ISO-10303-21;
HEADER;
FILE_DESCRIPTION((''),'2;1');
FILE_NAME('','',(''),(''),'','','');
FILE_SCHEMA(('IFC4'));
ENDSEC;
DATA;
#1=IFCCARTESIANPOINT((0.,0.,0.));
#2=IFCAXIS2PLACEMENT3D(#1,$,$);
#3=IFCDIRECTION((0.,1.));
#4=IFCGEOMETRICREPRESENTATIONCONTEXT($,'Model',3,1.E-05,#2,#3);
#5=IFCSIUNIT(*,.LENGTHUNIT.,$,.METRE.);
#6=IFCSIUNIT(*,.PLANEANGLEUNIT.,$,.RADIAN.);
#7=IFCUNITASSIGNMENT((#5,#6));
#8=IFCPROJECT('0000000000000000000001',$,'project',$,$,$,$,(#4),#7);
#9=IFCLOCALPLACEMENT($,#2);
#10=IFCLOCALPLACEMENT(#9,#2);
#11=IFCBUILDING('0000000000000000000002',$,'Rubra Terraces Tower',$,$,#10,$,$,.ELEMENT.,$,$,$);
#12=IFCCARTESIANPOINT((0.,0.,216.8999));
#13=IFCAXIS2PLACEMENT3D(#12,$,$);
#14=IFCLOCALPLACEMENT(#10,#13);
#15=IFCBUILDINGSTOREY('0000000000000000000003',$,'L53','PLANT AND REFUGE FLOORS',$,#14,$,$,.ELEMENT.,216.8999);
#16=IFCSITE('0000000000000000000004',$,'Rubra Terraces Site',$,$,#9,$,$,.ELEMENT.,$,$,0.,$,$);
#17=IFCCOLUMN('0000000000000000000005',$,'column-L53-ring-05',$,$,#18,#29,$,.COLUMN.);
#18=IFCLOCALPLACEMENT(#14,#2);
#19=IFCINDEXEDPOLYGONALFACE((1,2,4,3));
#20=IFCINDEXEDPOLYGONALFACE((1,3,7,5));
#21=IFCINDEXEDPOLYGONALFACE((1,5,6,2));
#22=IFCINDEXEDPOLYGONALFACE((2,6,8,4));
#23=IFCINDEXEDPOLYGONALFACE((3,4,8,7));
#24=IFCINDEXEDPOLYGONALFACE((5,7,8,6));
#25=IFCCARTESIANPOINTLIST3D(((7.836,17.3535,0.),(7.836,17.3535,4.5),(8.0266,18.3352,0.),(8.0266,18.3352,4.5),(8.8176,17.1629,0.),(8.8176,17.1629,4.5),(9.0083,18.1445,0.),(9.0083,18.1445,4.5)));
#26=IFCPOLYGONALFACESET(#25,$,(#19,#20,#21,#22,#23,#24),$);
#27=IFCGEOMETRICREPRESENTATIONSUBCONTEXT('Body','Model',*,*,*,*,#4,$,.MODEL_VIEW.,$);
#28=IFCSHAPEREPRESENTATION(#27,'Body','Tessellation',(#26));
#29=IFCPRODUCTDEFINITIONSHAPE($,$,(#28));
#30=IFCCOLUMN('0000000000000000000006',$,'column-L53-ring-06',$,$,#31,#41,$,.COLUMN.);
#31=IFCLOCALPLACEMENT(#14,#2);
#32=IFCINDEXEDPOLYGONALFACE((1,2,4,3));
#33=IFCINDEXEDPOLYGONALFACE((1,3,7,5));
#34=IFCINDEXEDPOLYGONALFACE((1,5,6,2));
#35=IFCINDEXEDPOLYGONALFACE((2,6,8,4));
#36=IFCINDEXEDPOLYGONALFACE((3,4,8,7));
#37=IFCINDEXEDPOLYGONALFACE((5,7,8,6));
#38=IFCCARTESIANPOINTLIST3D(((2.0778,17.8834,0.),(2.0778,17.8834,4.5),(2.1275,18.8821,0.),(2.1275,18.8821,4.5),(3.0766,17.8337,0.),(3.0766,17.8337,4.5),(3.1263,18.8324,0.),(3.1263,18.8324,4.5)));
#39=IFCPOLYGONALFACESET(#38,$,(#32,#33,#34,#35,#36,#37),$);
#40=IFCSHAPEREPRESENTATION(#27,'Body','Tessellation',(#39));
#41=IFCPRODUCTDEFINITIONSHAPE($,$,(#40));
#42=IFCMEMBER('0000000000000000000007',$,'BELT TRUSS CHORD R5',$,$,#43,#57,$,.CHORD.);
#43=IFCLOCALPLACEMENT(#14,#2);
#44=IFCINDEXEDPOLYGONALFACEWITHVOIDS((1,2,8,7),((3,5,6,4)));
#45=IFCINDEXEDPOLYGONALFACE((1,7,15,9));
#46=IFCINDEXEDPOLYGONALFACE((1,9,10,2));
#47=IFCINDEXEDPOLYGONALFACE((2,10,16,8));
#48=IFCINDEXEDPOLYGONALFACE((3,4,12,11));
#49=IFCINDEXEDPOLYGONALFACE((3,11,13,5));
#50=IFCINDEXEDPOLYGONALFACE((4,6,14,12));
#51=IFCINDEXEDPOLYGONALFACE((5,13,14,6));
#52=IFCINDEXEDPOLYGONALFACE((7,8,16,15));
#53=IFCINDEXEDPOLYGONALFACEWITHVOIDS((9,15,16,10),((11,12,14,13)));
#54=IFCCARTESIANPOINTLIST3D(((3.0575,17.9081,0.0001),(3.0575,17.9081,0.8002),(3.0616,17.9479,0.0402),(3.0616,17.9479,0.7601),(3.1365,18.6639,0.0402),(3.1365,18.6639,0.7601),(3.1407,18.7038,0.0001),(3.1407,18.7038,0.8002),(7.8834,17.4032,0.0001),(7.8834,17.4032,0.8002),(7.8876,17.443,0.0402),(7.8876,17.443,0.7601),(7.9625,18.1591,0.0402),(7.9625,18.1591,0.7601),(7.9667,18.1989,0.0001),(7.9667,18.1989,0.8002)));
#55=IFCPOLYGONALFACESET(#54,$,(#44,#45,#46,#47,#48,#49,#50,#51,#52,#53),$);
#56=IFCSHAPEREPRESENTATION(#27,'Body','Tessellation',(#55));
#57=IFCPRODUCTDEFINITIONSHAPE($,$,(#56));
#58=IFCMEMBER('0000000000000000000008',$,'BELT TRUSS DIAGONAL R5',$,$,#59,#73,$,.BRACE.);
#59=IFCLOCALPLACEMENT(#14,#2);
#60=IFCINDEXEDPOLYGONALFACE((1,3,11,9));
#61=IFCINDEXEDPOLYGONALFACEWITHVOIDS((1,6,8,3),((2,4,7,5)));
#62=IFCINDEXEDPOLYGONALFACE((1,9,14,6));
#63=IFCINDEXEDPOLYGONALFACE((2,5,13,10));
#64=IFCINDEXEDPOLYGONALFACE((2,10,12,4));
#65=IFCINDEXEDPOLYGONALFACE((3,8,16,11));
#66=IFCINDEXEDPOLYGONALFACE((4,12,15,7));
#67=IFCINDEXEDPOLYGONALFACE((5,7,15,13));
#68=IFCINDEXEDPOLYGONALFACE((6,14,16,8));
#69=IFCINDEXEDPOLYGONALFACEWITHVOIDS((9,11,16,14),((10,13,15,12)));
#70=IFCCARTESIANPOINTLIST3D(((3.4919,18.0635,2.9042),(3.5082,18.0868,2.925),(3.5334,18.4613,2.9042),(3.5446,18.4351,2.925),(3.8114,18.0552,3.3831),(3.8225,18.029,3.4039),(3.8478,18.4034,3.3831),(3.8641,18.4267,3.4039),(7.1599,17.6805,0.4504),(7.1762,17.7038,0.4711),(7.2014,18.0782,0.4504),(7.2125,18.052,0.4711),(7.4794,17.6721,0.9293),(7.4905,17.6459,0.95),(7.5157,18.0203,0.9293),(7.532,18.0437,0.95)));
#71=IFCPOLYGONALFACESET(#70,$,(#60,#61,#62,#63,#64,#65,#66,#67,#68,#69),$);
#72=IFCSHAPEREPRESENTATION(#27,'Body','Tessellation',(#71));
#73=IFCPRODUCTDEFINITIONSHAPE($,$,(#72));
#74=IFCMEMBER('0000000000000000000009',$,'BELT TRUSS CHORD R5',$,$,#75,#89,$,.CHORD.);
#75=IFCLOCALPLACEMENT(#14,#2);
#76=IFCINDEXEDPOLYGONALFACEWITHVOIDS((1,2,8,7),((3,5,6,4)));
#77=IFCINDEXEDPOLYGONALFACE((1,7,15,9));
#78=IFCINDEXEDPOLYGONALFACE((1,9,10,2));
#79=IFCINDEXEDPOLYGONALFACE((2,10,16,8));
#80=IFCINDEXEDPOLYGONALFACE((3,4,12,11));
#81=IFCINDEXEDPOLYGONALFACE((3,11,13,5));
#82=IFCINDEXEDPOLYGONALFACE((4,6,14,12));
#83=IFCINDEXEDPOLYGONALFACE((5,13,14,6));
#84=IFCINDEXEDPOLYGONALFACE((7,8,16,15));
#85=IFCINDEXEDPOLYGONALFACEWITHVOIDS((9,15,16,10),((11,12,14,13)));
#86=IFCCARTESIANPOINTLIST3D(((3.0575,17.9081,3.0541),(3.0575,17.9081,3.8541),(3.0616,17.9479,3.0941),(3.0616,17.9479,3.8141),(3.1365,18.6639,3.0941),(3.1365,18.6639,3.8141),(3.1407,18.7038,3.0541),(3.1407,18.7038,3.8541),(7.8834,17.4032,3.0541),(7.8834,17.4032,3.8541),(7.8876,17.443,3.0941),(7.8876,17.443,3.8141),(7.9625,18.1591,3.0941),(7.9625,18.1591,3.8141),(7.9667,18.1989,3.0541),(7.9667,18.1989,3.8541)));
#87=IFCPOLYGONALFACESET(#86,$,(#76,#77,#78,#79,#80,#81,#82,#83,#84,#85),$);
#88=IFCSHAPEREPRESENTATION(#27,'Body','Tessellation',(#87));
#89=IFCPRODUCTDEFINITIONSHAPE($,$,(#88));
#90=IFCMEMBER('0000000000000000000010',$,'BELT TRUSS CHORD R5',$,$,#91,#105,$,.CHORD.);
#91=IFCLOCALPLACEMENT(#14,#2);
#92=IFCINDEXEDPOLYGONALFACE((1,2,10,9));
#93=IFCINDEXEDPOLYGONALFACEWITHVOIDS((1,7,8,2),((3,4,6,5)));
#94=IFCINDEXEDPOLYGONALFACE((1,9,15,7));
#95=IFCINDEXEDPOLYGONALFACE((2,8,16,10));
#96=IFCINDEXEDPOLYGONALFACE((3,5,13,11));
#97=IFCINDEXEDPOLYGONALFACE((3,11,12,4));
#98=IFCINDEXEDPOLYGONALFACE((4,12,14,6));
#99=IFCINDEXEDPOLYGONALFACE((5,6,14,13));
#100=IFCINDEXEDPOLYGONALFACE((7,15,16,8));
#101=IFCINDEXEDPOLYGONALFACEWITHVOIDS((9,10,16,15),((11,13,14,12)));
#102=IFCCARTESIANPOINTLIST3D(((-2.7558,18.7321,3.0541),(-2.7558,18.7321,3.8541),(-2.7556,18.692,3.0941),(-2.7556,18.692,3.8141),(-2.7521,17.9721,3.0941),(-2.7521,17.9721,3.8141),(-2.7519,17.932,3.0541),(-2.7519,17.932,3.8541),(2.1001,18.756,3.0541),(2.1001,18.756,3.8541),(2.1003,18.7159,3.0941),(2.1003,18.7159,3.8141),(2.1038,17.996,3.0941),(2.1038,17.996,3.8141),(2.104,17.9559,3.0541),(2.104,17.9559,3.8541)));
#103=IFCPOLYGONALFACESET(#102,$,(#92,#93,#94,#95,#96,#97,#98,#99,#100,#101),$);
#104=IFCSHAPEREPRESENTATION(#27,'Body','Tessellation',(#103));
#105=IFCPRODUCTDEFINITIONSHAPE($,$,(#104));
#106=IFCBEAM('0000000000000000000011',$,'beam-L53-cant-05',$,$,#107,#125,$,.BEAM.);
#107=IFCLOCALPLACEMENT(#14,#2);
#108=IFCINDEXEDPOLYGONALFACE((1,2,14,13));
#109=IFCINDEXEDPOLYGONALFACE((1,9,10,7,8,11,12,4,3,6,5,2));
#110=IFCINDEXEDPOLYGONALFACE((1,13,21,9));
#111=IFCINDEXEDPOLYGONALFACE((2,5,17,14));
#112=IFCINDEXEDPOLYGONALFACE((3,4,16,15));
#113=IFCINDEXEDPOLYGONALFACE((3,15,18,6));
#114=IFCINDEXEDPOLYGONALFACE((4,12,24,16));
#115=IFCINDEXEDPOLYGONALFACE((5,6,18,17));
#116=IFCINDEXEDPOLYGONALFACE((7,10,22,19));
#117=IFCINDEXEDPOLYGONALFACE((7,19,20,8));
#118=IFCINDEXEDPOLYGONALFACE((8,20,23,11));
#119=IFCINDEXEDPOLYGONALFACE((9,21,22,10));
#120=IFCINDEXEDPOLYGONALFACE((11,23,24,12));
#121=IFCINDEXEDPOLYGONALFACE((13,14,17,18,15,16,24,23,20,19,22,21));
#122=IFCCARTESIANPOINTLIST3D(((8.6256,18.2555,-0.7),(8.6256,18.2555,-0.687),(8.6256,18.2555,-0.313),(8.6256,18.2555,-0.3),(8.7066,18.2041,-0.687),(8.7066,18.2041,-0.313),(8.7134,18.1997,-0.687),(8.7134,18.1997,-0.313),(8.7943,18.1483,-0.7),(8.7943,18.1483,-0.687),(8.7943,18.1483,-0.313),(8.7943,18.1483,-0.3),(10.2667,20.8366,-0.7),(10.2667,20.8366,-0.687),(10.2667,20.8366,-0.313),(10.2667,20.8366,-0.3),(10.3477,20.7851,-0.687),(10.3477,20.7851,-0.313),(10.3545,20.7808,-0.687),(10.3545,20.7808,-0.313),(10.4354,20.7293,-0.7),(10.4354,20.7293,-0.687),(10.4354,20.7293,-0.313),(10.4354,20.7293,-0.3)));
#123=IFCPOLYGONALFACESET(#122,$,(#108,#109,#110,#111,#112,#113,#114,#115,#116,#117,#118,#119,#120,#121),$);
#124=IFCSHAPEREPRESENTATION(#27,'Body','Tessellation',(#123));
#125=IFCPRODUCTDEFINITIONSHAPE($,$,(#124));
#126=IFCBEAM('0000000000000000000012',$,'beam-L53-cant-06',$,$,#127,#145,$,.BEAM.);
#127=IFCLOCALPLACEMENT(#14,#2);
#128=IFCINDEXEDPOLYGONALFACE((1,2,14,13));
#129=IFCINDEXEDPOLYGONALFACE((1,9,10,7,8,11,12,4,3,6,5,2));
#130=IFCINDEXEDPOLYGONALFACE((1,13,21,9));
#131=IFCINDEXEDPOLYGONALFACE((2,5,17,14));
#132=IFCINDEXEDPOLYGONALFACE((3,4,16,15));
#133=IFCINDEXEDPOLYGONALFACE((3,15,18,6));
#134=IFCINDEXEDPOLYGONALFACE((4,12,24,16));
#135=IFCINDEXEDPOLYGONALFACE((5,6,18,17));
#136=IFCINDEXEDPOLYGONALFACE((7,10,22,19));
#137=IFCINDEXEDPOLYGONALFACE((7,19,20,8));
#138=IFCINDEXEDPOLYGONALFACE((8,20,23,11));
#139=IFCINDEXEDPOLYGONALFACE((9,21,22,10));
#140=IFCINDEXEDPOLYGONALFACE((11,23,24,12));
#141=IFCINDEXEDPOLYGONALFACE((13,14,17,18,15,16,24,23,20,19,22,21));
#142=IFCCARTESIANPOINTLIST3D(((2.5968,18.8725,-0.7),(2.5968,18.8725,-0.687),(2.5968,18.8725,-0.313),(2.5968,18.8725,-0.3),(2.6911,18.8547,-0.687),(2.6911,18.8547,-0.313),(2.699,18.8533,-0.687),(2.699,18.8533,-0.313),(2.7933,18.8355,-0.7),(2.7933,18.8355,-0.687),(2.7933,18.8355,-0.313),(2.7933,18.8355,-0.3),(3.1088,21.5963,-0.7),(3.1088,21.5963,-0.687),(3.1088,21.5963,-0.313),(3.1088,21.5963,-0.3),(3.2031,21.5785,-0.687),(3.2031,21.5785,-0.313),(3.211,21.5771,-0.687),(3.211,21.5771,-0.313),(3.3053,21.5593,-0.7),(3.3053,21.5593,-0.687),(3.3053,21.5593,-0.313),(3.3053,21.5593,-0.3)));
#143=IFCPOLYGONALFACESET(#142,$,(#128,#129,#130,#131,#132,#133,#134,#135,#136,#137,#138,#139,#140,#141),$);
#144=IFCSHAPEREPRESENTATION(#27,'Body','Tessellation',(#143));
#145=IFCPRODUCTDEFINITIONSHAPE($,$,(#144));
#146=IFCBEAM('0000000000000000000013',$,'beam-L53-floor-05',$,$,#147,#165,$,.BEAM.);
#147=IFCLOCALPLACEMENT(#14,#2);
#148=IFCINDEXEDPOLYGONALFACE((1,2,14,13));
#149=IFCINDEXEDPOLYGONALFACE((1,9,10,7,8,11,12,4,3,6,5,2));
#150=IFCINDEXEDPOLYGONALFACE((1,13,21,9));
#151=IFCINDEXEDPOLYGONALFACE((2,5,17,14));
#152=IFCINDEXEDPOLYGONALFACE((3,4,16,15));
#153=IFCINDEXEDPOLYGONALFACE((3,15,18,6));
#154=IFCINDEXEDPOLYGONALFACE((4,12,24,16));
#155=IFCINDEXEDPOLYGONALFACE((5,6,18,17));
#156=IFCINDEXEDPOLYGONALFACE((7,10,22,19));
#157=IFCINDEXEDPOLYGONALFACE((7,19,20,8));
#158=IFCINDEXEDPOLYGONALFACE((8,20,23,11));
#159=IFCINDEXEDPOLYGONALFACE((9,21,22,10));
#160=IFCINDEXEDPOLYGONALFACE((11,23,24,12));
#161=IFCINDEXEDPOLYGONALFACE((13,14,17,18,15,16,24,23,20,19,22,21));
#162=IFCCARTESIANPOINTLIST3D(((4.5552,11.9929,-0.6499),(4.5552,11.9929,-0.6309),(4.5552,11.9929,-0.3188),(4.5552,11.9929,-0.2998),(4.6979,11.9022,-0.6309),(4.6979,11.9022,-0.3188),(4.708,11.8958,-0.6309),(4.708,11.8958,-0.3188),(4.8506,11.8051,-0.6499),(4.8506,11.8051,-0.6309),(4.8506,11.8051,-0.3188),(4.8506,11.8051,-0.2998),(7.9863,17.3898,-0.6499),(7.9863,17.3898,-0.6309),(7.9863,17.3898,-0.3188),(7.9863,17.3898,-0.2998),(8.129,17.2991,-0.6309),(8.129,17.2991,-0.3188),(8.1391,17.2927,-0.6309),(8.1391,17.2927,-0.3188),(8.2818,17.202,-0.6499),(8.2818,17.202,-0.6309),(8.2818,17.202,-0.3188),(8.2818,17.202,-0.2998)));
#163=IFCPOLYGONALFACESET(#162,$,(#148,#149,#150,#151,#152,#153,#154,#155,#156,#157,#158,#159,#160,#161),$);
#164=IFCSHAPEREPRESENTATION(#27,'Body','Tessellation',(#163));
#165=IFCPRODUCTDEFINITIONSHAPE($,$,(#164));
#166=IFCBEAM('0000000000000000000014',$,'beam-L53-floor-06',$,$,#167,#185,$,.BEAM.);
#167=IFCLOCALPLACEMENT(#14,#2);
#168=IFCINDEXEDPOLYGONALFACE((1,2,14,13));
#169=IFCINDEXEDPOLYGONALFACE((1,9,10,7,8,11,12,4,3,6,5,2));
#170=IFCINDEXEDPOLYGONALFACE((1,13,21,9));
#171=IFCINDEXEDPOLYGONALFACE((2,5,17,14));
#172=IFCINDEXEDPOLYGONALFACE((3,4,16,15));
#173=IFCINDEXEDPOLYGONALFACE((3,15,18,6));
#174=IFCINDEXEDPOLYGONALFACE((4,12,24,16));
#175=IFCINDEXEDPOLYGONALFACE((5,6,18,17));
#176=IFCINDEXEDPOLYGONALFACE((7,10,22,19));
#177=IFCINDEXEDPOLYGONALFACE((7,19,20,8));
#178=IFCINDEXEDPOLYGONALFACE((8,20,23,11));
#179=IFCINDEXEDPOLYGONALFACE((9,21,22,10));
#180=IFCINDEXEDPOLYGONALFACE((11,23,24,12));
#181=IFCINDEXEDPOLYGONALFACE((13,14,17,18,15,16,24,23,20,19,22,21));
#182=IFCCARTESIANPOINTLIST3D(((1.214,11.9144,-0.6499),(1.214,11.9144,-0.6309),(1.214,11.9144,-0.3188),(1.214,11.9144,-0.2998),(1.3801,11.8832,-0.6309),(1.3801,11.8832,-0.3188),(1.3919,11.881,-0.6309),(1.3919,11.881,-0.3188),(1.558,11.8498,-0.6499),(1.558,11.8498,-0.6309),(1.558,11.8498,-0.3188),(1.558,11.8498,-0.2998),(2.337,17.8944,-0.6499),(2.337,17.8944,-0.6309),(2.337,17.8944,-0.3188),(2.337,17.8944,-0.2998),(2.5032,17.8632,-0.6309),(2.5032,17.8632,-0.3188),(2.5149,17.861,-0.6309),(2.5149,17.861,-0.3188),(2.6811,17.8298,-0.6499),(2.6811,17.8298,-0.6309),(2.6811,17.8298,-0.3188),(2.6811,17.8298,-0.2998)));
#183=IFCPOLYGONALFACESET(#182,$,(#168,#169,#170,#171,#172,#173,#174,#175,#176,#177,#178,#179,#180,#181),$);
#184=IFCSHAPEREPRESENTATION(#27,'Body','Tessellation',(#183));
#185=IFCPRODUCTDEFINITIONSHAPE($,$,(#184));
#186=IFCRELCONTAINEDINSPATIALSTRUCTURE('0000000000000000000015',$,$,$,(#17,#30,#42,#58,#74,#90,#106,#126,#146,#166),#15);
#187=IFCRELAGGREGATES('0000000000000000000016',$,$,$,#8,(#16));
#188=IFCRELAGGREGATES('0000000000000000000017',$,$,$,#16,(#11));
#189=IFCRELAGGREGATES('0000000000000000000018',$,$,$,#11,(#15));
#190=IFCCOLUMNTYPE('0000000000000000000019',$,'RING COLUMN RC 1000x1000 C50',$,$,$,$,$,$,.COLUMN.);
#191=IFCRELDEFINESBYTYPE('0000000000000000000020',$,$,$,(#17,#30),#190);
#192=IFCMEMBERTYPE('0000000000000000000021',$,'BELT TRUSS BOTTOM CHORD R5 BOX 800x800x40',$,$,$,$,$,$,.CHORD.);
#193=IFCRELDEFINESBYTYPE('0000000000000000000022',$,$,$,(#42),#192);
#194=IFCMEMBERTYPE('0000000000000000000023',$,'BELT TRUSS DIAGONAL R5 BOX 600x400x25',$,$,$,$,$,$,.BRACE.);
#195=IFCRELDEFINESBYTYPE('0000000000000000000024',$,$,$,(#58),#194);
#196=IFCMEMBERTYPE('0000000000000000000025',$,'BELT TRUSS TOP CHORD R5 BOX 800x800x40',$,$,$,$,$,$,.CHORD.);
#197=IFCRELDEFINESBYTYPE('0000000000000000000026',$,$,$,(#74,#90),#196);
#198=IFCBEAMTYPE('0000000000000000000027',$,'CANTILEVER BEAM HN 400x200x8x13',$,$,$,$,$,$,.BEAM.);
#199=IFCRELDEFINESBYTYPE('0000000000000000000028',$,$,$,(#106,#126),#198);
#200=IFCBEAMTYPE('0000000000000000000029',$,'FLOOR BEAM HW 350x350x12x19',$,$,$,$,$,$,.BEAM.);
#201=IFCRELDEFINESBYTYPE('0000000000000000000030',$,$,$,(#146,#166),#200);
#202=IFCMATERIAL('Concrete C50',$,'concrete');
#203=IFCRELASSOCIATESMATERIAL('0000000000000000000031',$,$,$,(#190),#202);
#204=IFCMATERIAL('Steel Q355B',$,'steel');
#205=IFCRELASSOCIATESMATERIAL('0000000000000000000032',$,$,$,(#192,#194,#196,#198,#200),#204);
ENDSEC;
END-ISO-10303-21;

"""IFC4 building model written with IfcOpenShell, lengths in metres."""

from ifc_helpers import new_model, si_unit, direction, frame, origin, origin_2d, place, context, subcontext, project, spatial, rectangle, hollow_rectangle, i_section, extrude, material, material_profile, profile_set, type_object, element, save


model = new_model("IFC4")

# Units and contexts
model_context = context("Model", 3, precision=1e-05, world=origin(), true_north=direction((0.0, 1.0)))
body_context = subcontext(model_context, "Body", "Model", "MODEL_VIEW")
ifc_project = project(units=[si_unit("LENGTHUNIT", "METRE"), si_unit("PLANEANGLEUNIT", "RADIAN")], contexts=[model_context])

# Site, building, storey
site_placement = place(None, origin())
site = spatial("IfcSite", under=ifc_project, at=site_placement, Name="Rubra Terraces Site", CompositionType="ELEMENT", RefElevation=0.0)
building_placement = place(site_placement, origin())
building = spatial("IfcBuilding", under=site, at=building_placement, Name="Rubra Terraces Tower", CompositionType="ELEMENT")
storey_placement = place(building_placement, frame((0.0, 0.0, 216.8999)))
storey = spatial("IfcBuildingStorey", under=building, at=storey_placement, Name="L53", Description="PLANT AND REFUGE FLOORS", CompositionType="ELEMENT", Elevation=216.8999)

# Columns
ifc_material_1 = material(Name="Concrete C50", Category="concrete")
ifc_material_profile_1 = material_profile(ifc_material_1, rectangle(XDim=1.0, YDim=1.0, at=origin_2d()), Name="RC 1000x1000")
ifc_profile_set_1 = profile_set([ifc_material_profile_1], Name="Concrete C50")
column_type = type_object("IfcColumnType", Name="RING COLUMN RC 1000x1000 C50", PredefinedType="COLUMN", material=ifc_profile_set_1)
for number, where, z_axis, x_axis, name in (
    (1, (8.4221, 17.749, 0.0), (0.0, 0.0, 1.0), (-0.981655, 0.190668, 0.0), "column-L53-ring-05"),
    (2, (2.6021, 18.3579, 0.0), (0.0, 0.0, 1.0), (-0.998764, 0.049699, 0.0), "column-L53-ring-06"),
):
    element("IfcColumn", number, at=place(storey_placement, frame(where, z_axis=z_axis, x_axis=x_axis)), inside=storey, type_object=column_type, Name=name, PredefinedType="COLUMN", context=body_context, shape_type="SweptSolid", body=[
        extrude(rectangle(XDim=1.0, YDim=1.0, at=origin_2d()), origin(), (0.0, 0.0, 1.0), 4.5),
    ])

# Members
ifc_material_2 = material(Name="Steel Q355B", Category="steel")
ifc_material_profile_2 = material_profile(ifc_material_2, hollow_rectangle(XDim=0.8, YDim=0.8, WallThickness=0.04, at=origin_2d()), Name="BOX 800x800x40")
ifc_profile_set_2 = profile_set([ifc_material_profile_2], Name="Steel Q355B")
member_type_1 = type_object("IfcMemberType", Name="BELT TRUSS BOTTOM CHORD R5 BOX 800x800x40", PredefinedType="CHORD", material=ifc_profile_set_2)
member_1_placement = place(storey_placement, frame((7.925, 17.801, 0.4001), z_axis=(-0.994572, 0.104051, 0.0), x_axis=(-0.104051, -0.994572, 0.0)))
element("IfcMember", 3, at=member_1_placement, inside=storey, type_object=member_type_1, Name="BELT TRUSS CHORD R5", PredefinedType="CHORD", context=body_context, shape_type="SweptSolid", body=[
    extrude(hollow_rectangle(XDim=0.8, YDim=0.8, WallThickness=0.04, at=origin_2d()), origin(), (0.0, 0.0, 1.0), 4.8523),
])
ifc_material_profile_3 = material_profile(ifc_material_2, hollow_rectangle(XDim=0.3999, YDim=0.6001, WallThickness=0.0249, at=origin_2d()), Name="BOX 600x400x25")
ifc_profile_set_3 = profile_set([ifc_material_profile_3], Name="Steel Q355B")
member_type_2 = type_object("IfcMemberType", Name="BELT TRUSS DIAGONAL R5 BOX 600x400x25", PredefinedType="BRACE", material=ifc_profile_set_3)
member_2_placement = place(storey_placement, frame((7.3459, 17.8621, 0.7002), z_axis=(-0.828042, 0.086475, 0.553957), x_axis=(-0.103868, -0.994591, 0.0)))
element("IfcMember", 4, at=member_2_placement, inside=storey, type_object=member_type_2, Name="BELT TRUSS DIAGONAL R5", PredefinedType="BRACE", context=body_context, shape_type="SweptSolid", body=[
    extrude(hollow_rectangle(XDim=0.3999, YDim=0.6001, WallThickness=0.0249, at=origin_2d()), origin(), (0.0, 0.0, 1.0), 4.4297),
])
ifc_material_profile_4 = material_profile(ifc_material_2, hollow_rectangle(XDim=0.8, YDim=0.8, WallThickness=0.04, at=origin_2d()), Name="BOX 800x800x40")
ifc_profile_set_4 = profile_set([ifc_material_profile_4], Name="Steel Q355B")
member_type_3 = type_object("IfcMemberType", Name="BELT TRUSS TOP CHORD R5 BOX 800x800x40", PredefinedType="CHORD", material=ifc_profile_set_4)
member_3_placement = place(storey_placement, frame((7.925, 17.801, 3.4541), z_axis=(-0.994572, 0.104051, 0.0), x_axis=(-0.104051, -0.994572, 0.0)))
element("IfcMember", 5, at=member_3_placement, inside=storey, type_object=member_type_3, Name="BELT TRUSS CHORD R5", PredefinedType="CHORD", context=body_context, shape_type="SweptSolid", body=[
    extrude(hollow_rectangle(XDim=0.8, YDim=0.8, WallThickness=0.04, at=origin_2d()), origin(), (0.0, 0.0, 1.0), 4.8523),
])
member_4_placement = place(storey_placement, frame((2.1021, 18.356, 3.4541), z_axis=(-0.999988, -0.004927, 0.0), x_axis=(0.004927, -0.999988, 0.0)))
element("IfcMember", 6, at=member_4_placement, inside=storey, type_object=member_type_3, Name="BELT TRUSS CHORD R5", PredefinedType="CHORD", context=body_context, shape_type="SweptSolid", body=[
    extrude(hollow_rectangle(XDim=0.8, YDim=0.8, WallThickness=0.04, at=origin_2d()), origin(), (0.0, 0.0, 1.0), 4.856),
])

# Beams
ifc_material_profile_5 = material_profile(ifc_material_2, i_section(OverallWidth=0.2, OverallDepth=0.3999, WebThickness=0.0081, FlangeThickness=0.0129, at=origin_2d()), Name="HN 400x200x8x13")
ifc_profile_set_5 = profile_set([ifc_material_profile_5], Name="Steel Q355B")
beam_type_1 = type_object("IfcBeamType", Name="CANTILEVER BEAM HN 400x200x8x13", PredefinedType="BEAM", material=ifc_profile_set_5)
beam_1_placement = place(storey_placement, frame((8.71, 18.2019, -0.5), z_axis=(0.536555, 0.843865, 0.0), x_axis=(-0.843865, 0.536555, 0.0)))
element("IfcBeam", 7, at=beam_1_placement, inside=storey, type_object=beam_type_1, Name="beam-L53-cant-05", PredefinedType="BEAM", context=body_context, shape_type="SweptSolid", body=[
    extrude(i_section(OverallWidth=0.2, OverallDepth=0.3999, WebThickness=0.0081, FlangeThickness=0.0129, at=origin_2d()), origin(), (0.0, 0.0, 1.0), 3.0586),
])
beam_2_placement = place(storey_placement, frame((2.6951, 18.854, -0.5), z_axis=(0.184719, 0.982791, 0.0), x_axis=(-0.982791, 0.184719, 0.0)))
element("IfcBeam", 8, at=beam_2_placement, inside=storey, type_object=beam_type_1, Name="beam-L53-cant-06", PredefinedType="BEAM", context=body_context, shape_type="SweptSolid", body=[
    extrude(i_section(OverallWidth=0.2, OverallDepth=0.3999, WebThickness=0.0081, FlangeThickness=0.0129, at=origin_2d()), origin(), (0.0, 0.0, 1.0), 2.7715),
])
ifc_material_profile_6 = material_profile(ifc_material_2, i_section(OverallWidth=0.3501, OverallDepth=0.3501, WebThickness=0.012, FlangeThickness=0.019, at=origin_2d()), Name="HW 350x350x12x19")
ifc_profile_set_6 = profile_set([ifc_material_profile_6], Name="Steel Q355B")
beam_type_2 = type_object("IfcBeamType", Name="FLOOR BEAM HW 350x350x12x19", PredefinedType="BEAM", material=ifc_profile_set_6)
beam_3_placement = place(storey_placement, frame((8.134, 17.2959, -0.4749), z_axis=(-0.53651, -0.843894, 0.0), x_axis=(0.843894, -0.53651, 0.0)))
element("IfcBeam", 9, at=beam_3_placement, inside=storey, type_object=beam_type_2, Name="beam-L53-floor-05", PredefinedType="BEAM", context=body_context, shape_type="SweptSolid", body=[
    extrude(i_section(OverallWidth=0.3501, OverallDepth=0.3501, WebThickness=0.012, FlangeThickness=0.019, at=origin_2d()), origin(), (0.0, 0.0, 1.0), 6.3953),
])
beam_4_placement = place(storey_placement, frame((2.509, 17.8621, -0.4749), z_axis=(-0.184574, -0.982819, 0.0), x_axis=(0.982819, -0.184574, 0.0)))
element("IfcBeam", 10, at=beam_4_placement, inside=storey, type_object=beam_type_2, Name="beam-L53-floor-06", PredefinedType="BEAM", context=body_context, shape_type="SweptSolid", body=[
    extrude(i_section(OverallWidth=0.3501, OverallDepth=0.3501, WebThickness=0.012, FlangeThickness=0.019, at=origin_2d()), origin(), (0.0, 0.0, 1.0), 6.0845),
])

save(model, "model.ifc")
